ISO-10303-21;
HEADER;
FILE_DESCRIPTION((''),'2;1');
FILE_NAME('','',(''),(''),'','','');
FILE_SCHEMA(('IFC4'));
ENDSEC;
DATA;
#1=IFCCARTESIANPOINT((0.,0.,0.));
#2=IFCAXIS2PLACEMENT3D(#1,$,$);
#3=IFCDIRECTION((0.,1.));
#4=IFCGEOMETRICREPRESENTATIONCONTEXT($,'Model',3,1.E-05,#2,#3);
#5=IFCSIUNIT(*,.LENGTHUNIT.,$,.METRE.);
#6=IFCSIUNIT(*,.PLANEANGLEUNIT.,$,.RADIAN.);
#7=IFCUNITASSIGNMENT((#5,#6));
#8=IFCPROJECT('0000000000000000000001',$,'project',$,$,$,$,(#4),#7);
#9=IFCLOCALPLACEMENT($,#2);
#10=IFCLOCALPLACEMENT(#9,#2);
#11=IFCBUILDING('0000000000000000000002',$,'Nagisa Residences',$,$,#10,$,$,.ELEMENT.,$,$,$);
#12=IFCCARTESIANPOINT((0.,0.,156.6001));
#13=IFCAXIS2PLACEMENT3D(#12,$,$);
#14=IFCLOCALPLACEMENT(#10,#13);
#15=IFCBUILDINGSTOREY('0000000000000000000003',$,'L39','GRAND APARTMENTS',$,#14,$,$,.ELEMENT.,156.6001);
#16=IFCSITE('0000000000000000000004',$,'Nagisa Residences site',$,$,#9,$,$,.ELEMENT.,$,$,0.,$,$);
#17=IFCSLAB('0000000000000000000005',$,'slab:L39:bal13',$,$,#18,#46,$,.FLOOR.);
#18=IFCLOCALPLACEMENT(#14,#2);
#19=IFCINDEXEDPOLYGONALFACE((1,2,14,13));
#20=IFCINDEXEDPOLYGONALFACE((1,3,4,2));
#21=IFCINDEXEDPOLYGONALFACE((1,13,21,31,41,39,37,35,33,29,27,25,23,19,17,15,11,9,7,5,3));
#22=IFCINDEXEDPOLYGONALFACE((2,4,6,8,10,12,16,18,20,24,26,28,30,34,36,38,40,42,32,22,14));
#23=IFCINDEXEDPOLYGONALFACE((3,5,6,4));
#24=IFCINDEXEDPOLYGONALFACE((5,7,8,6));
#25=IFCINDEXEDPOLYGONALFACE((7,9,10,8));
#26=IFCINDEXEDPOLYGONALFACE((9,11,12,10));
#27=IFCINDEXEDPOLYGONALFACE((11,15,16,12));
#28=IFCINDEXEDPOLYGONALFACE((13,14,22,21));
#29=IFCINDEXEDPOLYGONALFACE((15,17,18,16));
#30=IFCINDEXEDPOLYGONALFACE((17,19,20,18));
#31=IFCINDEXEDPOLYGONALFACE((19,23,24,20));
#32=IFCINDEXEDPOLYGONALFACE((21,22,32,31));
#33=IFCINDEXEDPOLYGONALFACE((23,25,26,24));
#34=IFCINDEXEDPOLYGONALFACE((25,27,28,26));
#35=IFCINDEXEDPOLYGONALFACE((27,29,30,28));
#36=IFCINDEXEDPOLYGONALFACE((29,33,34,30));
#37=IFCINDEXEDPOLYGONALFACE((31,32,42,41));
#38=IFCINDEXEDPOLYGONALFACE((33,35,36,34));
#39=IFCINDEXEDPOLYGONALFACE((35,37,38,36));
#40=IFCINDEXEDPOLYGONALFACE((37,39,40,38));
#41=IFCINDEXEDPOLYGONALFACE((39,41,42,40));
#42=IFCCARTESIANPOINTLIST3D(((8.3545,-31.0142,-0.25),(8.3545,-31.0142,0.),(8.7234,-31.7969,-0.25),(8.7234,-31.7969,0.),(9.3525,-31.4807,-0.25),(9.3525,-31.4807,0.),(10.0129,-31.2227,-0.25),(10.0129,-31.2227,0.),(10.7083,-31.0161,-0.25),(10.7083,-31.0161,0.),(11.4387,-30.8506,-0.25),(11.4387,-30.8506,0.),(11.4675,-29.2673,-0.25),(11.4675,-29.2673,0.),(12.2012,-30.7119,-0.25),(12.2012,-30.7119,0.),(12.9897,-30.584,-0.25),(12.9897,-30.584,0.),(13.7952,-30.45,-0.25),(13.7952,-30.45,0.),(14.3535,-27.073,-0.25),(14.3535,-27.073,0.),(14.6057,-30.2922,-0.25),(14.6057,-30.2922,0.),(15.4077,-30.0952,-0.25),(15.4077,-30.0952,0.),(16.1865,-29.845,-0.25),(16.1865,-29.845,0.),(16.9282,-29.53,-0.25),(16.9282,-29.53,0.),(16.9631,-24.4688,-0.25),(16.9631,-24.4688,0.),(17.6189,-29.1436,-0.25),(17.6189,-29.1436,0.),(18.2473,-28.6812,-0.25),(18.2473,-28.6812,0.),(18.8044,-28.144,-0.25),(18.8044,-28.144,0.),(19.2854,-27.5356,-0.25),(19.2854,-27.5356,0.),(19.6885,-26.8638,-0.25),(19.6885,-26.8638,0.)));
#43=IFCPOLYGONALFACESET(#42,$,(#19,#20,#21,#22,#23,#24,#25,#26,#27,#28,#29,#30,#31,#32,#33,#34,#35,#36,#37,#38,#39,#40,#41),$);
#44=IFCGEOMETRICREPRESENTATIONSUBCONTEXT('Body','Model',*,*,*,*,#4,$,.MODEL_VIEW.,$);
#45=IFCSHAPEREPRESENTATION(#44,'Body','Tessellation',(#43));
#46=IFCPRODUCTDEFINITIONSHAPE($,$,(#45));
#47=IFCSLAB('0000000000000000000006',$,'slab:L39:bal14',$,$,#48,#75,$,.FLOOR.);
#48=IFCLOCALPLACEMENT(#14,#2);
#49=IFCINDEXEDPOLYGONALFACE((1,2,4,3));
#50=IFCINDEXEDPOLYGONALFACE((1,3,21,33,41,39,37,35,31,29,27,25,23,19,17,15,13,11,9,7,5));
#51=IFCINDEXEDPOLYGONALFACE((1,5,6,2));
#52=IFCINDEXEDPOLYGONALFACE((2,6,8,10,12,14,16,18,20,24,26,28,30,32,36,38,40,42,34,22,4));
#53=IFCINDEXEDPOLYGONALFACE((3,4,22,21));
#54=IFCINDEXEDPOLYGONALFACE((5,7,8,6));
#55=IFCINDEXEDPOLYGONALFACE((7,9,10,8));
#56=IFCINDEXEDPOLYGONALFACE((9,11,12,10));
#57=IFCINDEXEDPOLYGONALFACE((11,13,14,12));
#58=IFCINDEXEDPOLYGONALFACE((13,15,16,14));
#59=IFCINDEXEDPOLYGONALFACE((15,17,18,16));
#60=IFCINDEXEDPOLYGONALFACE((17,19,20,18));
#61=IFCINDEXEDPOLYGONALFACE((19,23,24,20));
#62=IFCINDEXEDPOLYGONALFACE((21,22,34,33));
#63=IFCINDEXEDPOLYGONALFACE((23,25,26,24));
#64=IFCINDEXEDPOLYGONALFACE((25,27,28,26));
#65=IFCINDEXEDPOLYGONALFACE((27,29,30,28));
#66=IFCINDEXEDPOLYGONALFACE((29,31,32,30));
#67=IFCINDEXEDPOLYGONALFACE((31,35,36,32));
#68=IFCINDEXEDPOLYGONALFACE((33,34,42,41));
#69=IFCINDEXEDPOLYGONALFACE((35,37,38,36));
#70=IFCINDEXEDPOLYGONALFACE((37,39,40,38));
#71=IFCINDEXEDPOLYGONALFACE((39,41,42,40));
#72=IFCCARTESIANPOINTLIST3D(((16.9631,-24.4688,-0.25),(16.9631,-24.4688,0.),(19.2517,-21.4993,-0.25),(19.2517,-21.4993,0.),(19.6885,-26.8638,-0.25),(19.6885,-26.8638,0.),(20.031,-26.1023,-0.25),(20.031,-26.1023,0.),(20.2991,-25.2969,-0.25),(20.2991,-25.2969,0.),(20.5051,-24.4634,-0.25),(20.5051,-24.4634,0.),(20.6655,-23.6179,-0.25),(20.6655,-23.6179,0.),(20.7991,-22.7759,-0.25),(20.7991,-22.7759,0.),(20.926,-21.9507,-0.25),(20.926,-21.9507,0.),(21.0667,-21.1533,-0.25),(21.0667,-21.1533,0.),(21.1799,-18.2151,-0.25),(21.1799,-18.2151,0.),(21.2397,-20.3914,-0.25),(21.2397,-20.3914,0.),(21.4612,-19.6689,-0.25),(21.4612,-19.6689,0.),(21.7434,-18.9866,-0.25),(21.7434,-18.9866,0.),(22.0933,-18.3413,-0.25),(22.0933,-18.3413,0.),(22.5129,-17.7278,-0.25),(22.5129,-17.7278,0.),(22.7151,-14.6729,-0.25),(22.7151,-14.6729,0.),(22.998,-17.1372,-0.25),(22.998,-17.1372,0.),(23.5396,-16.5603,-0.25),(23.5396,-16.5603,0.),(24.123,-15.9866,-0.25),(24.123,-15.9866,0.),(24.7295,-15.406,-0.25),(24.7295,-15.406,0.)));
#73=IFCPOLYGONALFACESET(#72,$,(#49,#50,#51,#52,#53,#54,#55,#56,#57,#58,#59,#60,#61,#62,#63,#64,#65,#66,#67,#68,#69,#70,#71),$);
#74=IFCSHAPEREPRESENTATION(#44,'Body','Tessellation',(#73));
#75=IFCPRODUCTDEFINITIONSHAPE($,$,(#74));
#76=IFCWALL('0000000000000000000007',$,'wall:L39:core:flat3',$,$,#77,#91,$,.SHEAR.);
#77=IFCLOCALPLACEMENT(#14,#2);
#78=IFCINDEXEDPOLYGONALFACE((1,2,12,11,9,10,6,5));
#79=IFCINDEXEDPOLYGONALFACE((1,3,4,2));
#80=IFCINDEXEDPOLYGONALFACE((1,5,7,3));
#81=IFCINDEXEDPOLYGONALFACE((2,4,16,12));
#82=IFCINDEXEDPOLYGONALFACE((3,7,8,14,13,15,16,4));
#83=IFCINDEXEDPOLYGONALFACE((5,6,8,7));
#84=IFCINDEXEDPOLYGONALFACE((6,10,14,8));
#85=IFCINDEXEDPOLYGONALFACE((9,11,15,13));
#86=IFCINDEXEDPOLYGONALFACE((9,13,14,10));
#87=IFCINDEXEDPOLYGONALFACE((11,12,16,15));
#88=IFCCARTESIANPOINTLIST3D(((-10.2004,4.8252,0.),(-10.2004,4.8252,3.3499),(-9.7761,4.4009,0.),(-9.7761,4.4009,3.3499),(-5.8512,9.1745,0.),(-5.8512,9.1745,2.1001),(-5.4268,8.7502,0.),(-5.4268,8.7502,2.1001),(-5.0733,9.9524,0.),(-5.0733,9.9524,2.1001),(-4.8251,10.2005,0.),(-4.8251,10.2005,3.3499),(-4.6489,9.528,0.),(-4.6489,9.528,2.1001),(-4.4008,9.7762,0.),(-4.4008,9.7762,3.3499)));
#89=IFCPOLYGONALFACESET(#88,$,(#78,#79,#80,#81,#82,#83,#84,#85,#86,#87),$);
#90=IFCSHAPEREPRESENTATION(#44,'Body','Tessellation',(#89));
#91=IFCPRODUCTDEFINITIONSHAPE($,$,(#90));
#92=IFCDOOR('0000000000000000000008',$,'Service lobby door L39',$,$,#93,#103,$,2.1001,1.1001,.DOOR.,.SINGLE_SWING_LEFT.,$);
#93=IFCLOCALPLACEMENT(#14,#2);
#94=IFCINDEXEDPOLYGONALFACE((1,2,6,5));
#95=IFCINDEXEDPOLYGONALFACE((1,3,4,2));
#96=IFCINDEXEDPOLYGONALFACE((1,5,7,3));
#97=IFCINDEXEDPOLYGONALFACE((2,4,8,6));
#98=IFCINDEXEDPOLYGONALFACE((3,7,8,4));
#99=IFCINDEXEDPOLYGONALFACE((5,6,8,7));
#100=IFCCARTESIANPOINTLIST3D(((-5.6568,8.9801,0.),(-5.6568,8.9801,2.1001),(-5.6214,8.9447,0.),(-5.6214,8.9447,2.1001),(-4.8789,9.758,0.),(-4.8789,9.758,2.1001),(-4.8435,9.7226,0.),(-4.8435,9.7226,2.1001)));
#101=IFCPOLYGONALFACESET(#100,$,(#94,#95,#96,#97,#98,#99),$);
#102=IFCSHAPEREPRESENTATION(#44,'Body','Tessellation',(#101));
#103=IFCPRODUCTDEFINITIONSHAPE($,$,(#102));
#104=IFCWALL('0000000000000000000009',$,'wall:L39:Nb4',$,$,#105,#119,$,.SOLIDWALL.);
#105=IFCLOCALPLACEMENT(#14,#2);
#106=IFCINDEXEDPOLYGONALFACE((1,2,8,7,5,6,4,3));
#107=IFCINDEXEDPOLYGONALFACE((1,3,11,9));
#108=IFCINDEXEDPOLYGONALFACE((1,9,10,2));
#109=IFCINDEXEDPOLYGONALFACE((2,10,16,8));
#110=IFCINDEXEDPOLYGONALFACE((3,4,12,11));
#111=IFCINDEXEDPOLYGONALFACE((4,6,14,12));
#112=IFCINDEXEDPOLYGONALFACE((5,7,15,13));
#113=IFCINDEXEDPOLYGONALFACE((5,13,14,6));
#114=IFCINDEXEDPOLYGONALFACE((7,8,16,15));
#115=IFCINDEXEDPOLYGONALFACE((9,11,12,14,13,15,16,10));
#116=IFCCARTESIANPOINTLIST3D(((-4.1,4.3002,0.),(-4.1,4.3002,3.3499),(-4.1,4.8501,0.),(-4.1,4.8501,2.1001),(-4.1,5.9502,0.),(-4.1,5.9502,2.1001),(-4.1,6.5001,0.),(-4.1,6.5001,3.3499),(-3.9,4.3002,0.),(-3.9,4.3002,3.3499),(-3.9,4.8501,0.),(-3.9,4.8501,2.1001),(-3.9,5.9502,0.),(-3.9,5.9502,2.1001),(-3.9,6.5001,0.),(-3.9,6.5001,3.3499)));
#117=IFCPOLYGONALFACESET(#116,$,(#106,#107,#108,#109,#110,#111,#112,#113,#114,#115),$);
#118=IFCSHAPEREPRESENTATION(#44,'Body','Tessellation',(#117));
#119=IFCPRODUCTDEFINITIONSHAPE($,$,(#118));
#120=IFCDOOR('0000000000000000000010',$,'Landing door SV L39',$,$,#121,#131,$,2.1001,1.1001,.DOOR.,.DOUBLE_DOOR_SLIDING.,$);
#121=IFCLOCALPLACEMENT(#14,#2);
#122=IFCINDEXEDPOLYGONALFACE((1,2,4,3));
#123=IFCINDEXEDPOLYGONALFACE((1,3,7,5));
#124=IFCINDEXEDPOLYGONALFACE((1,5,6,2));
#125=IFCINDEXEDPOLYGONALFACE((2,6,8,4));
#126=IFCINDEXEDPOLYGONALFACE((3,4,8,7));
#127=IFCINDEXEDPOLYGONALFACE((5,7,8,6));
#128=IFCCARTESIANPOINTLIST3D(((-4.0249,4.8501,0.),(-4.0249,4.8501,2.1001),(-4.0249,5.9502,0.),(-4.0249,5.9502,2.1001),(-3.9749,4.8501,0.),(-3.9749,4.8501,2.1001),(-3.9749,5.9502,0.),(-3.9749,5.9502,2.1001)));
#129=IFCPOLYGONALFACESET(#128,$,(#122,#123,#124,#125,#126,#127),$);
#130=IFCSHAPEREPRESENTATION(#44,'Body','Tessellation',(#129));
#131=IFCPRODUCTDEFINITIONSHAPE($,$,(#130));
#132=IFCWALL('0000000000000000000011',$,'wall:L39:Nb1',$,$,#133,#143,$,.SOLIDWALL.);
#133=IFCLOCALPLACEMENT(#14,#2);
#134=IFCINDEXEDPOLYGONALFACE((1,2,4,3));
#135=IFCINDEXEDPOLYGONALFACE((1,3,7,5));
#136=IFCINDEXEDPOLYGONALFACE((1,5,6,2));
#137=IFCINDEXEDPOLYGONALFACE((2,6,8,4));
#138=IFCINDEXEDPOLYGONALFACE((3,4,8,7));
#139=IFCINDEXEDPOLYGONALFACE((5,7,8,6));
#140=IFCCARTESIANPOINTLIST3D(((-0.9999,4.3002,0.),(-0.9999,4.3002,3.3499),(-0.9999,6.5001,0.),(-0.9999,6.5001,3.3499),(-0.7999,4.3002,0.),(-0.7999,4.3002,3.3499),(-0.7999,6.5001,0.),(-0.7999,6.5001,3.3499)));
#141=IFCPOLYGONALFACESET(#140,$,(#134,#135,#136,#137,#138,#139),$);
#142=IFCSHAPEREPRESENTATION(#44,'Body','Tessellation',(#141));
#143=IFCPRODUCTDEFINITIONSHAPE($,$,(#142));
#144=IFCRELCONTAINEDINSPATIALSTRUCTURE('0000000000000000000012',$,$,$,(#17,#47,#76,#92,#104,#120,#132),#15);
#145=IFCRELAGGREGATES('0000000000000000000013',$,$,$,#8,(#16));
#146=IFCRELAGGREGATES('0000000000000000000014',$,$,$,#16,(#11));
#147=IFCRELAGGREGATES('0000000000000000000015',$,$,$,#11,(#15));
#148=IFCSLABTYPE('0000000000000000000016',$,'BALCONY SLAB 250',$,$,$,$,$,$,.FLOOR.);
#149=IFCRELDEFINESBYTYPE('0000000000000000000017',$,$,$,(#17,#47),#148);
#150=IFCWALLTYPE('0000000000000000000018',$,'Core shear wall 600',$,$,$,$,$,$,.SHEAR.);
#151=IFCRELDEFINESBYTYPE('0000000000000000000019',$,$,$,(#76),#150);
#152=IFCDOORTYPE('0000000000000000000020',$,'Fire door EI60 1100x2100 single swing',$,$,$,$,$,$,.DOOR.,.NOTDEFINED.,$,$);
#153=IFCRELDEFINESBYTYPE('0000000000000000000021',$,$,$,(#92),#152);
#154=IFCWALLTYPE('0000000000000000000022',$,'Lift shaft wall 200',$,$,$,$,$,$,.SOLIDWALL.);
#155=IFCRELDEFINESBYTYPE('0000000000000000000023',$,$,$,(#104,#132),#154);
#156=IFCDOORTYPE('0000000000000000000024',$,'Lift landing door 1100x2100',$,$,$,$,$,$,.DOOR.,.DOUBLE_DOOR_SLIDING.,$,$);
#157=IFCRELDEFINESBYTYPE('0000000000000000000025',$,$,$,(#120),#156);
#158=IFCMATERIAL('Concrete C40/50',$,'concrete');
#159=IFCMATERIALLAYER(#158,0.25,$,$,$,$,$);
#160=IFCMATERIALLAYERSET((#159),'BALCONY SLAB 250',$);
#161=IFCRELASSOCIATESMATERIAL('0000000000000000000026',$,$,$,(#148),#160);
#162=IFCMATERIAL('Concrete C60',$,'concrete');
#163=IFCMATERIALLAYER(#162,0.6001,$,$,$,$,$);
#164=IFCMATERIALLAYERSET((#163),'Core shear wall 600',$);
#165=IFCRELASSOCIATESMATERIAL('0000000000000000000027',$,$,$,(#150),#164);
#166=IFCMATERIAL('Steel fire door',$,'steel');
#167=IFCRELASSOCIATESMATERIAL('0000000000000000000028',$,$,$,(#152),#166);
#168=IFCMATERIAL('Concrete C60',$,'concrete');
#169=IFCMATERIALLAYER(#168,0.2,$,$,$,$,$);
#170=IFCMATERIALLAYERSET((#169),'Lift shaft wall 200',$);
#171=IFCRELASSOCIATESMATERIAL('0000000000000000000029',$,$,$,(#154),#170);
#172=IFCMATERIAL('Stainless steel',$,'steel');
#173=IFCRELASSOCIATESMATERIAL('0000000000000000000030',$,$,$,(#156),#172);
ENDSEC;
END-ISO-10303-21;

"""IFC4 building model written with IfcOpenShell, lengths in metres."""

from ifc_helpers import new_model, si_unit, direction, frame, frame_2d, origin, place, context, subcontext, project, spatial, polyline, rectangle, outline, extrude, material, layer, layer_set, type_object, element, fill, save


model = new_model("IFC4")

# Units and contexts
model_context = context("Model", 3, precision=1e-05, world=origin(), true_north=direction((0.0, 1.0)))
body_context = subcontext(model_context, "Body", "Model", "MODEL_VIEW")
ifc_project = project(units=[si_unit("LENGTHUNIT", "METRE"), si_unit("PLANEANGLEUNIT", "RADIAN")], contexts=[model_context])

# Site, building, storey
site_placement = place(None, origin())
site = spatial("IfcSite", under=ifc_project, at=site_placement, Name="Nagisa Residences site", CompositionType="ELEMENT", RefElevation=0.0)
building_placement = place(site_placement, origin())
building = spatial("IfcBuilding", under=site, at=building_placement, Name="Nagisa Residences", CompositionType="ELEMENT")
storey_placement = place(building_placement, frame((0.0, 0.0, 156.6001)))
storey = spatial("IfcBuildingStorey", under=building, at=storey_placement, Name="L39", Description="GRAND APARTMENTS", CompositionType="ELEMENT", Elevation=156.6001)

# Slabs
ifc_material_1 = material(Name="Concrete C40/50", Category="concrete")
ifc_layer_1 = layer(ifc_material_1, 0.25)
ifc_layer_set_1 = layer_set([ifc_layer_1], Name="BALCONY SLAB 250")
slab_type = type_object("IfcSlabType", Name="BALCONY SLAB 250", PredefinedType="FLOOR", material=ifc_layer_set_1)
slab_1_placement = place(storey_placement, frame((0.0, 0.0, -0.25)))
element("IfcSlab", 1, at=slab_1_placement, inside=storey, type_object=slab_type, Name="slab:L39:bal13", PredefinedType="FLOOR", context=body_context, shape_type="SweptSolid", body=[
    extrude(outline(polyline([(8.7234, -31.7969), (9.3525, -31.4807), (10.0129, -31.2227), (10.7083, -31.0161), (11.4387, -30.8506), (12.2012, -30.7119), (12.9897, -30.584), (13.7952, -30.45), (14.6057, -30.2922), (15.4077, -30.0952), (16.1865, -29.845), (16.9282, -29.53), (17.6189, -29.1436), (18.2473, -28.6812), (18.8044, -28.144), (19.2854, -27.5356), (19.6885, -26.8638), (16.9631, -24.4688), (14.3535, -27.073), (11.4675, -29.2673), (8.3545, -31.0142), (8.7234, -31.7969)])), origin(), (0.0, 0.0, 1.0), 0.25),
])
slab_2_placement = place(storey_placement, frame((0.0, 0.0, -0.25)))
element("IfcSlab", 2, at=slab_2_placement, inside=storey, type_object=slab_type, Name="slab:L39:bal14", PredefinedType="FLOOR", context=body_context, shape_type="SweptSolid", body=[
    extrude(outline(polyline([(19.6885, -26.8638), (20.031, -26.1023), (20.2991, -25.2969), (20.5051, -24.4634), (20.6655, -23.6179), (20.7991, -22.7759), (20.926, -21.9507), (21.0667, -21.1533), (21.2397, -20.3914), (21.4612, -19.6689), (21.7434, -18.9866), (22.0933, -18.3413), (22.5129, -17.7278), (22.998, -17.1372), (23.5396, -16.5603), (24.123, -15.9866), (24.7295, -15.406), (22.7151, -14.6729), (21.1799, -18.2151), (19.2517, -21.4993), (16.9631, -24.4688), (19.6885, -26.8638)])), origin(), (0.0, 0.0, 1.0), 0.25),
])

# Walls, openings, doors
ifc_material_2 = material(Name="Concrete C60", Category="concrete")
ifc_layer_2 = layer(ifc_material_2, 0.6001)
ifc_layer_set_2 = layer_set([ifc_layer_2], Name="Core shear wall 600")
wall_type_1 = type_object("IfcWallType", Name="Core shear wall 600", PredefinedType="SHEAR", material=ifc_layer_set_2)
wall_1_placement = place(storey_placement, frame((-4.613, 9.9883, 0.0), z_axis=(0.0, 0.0, 1.0), x_axis=(-0.707107, -0.707107, 0.0)))
wall_1 = element("IfcWall", 3, at=wall_1_placement, inside=storey, type_object=wall_type_1, Name="wall:L39:core:flat3", PredefinedType="SHEAR", context=body_context, shape_type="SweptSolid", body=[
    extrude(rectangle(XDim=7.6018, YDim=0.6001, at=frame_2d((3.8008, 0.0))), origin(), (0.0, 0.0, 1.0), 3.3499),
])
opening_1_placement = place(wall_1_placement, frame((0.3508, 0.0, 0.0)))
opening_1 = element("IfcOpeningElement", 4, at=opening_1_placement, cuts=wall_1, PredefinedType="OPENING", context=body_context, shape_type="SweptSolid", body=[
    extrude(rectangle(XDim=1.1001, YDim=2.1001, at=frame_2d((0.55, 1.05))), frame((0.0, 0.3101, 0.0), z_axis=(0.0, -1.0, 0.0), x_axis=(1.0, 0.0, 0.0)), (0.0, 0.0, 1.0), 0.6201),
])
ifc_material_3 = material(Name="Steel fire door", Category="steel")
door_type_1 = type_object("IfcDoorType", Name="Fire door EI60 1100x2100 single swing", OperationType="NOTDEFINED", PredefinedType="DOOR", material=ifc_material_3)
door_1_placement = place(opening_1_placement, origin())
door_1 = element("IfcDoor", 5, at=door_1_placement, inside=storey, type_object=door_type_1, Name="Service lobby door L39", OperationType="SINGLE_SWING_LEFT", OverallHeight=2.1001, OverallWidth=1.1001, PredefinedType="DOOR", context=body_context, shape_type="SweptSolid", body=[
    extrude(rectangle(XDim=1.1001, YDim=2.1001, at=frame_2d((0.55, 1.05))), frame((0.0, 0.0249, 0.0), z_axis=(0.0, -1.0, 0.0), x_axis=(1.0, 0.0, 0.0)), (0.0, 0.0, 1.0), 0.05),
])
fill(opening_1, door_1)
ifc_material_4 = material(Name="Concrete C60", Category="concrete")
ifc_layer_3 = layer(ifc_material_4, 0.2)
ifc_layer_set_3 = layer_set([ifc_layer_3], Name="Lift shaft wall 200")
wall_type_2 = type_object("IfcWallType", Name="Lift shaft wall 200", PredefinedType="SOLIDWALL", material=ifc_layer_set_3)
wall_2_placement = place(storey_placement, frame((-4.0, 4.3, 0.0), z_axis=(0.0, 0.0, 1.0), x_axis=(0.0, 1.0, 0.0)))
wall_2 = element("IfcWall", 6, at=wall_2_placement, inside=storey, type_object=wall_type_2, Name="wall:L39:Nb4", PredefinedType="SOLIDWALL", context=body_context, shape_type="SweptSolid", body=[
    extrude(rectangle(XDim=2.2, YDim=0.2, at=frame_2d((1.1001, 0.0))), origin(), (0.0, 0.0, 1.0), 3.3499),
])
opening_2_placement = place(wall_2_placement, frame((0.55, 0.0, 0.0)))
opening_2 = element("IfcOpeningElement", 7, at=opening_2_placement, cuts=wall_2, PredefinedType="OPENING", context=body_context, shape_type="SweptSolid", body=[
    extrude(rectangle(XDim=1.1001, YDim=2.1001, at=frame_2d((0.55, 1.05))), frame((0.0, 0.1099, 0.0), z_axis=(0.0, -1.0, 0.0), x_axis=(1.0, 0.0, 0.0)), (0.0, 0.0, 1.0), 0.22),
])
ifc_material_5 = material(Name="Stainless steel", Category="steel")
door_type_2 = type_object("IfcDoorType", Name="Lift landing door 1100x2100", OperationType="DOUBLE_DOOR_SLIDING", PredefinedType="DOOR", material=ifc_material_5)
door_2_placement = place(opening_2_placement, origin())
door_2 = element("IfcDoor", 8, at=door_2_placement, inside=storey, type_object=door_type_2, Name="Landing door SV L39", OperationType="DOUBLE_DOOR_SLIDING", OverallHeight=2.1001, OverallWidth=1.1001, PredefinedType="DOOR", context=body_context, shape_type="SweptSolid", body=[
    extrude(rectangle(XDim=1.1001, YDim=2.1001, at=frame_2d((0.55, 1.05))), frame((0.0, 0.0249, 0.0), z_axis=(0.0, -1.0, 0.0), x_axis=(1.0, 0.0, 0.0)), (0.0, 0.0, 1.0), 0.05),
])
fill(opening_2, door_2)

# Wall
wall_3_placement = place(storey_placement, frame((-0.8999, 4.3, 0.0), z_axis=(0.0, 0.0, 1.0), x_axis=(0.0, 1.0, 0.0)))
element("IfcWall", 9, at=wall_3_placement, inside=storey, type_object=wall_type_2, Name="wall:L39:Nb1", PredefinedType="SOLIDWALL", context=body_context, shape_type="SweptSolid", body=[
    extrude(rectangle(XDim=2.2, YDim=0.2, at=frame_2d((1.1001, 0.0))), origin(), (0.0, 0.0, 1.0), 3.3499),
])

save(model, "model.ifc")
